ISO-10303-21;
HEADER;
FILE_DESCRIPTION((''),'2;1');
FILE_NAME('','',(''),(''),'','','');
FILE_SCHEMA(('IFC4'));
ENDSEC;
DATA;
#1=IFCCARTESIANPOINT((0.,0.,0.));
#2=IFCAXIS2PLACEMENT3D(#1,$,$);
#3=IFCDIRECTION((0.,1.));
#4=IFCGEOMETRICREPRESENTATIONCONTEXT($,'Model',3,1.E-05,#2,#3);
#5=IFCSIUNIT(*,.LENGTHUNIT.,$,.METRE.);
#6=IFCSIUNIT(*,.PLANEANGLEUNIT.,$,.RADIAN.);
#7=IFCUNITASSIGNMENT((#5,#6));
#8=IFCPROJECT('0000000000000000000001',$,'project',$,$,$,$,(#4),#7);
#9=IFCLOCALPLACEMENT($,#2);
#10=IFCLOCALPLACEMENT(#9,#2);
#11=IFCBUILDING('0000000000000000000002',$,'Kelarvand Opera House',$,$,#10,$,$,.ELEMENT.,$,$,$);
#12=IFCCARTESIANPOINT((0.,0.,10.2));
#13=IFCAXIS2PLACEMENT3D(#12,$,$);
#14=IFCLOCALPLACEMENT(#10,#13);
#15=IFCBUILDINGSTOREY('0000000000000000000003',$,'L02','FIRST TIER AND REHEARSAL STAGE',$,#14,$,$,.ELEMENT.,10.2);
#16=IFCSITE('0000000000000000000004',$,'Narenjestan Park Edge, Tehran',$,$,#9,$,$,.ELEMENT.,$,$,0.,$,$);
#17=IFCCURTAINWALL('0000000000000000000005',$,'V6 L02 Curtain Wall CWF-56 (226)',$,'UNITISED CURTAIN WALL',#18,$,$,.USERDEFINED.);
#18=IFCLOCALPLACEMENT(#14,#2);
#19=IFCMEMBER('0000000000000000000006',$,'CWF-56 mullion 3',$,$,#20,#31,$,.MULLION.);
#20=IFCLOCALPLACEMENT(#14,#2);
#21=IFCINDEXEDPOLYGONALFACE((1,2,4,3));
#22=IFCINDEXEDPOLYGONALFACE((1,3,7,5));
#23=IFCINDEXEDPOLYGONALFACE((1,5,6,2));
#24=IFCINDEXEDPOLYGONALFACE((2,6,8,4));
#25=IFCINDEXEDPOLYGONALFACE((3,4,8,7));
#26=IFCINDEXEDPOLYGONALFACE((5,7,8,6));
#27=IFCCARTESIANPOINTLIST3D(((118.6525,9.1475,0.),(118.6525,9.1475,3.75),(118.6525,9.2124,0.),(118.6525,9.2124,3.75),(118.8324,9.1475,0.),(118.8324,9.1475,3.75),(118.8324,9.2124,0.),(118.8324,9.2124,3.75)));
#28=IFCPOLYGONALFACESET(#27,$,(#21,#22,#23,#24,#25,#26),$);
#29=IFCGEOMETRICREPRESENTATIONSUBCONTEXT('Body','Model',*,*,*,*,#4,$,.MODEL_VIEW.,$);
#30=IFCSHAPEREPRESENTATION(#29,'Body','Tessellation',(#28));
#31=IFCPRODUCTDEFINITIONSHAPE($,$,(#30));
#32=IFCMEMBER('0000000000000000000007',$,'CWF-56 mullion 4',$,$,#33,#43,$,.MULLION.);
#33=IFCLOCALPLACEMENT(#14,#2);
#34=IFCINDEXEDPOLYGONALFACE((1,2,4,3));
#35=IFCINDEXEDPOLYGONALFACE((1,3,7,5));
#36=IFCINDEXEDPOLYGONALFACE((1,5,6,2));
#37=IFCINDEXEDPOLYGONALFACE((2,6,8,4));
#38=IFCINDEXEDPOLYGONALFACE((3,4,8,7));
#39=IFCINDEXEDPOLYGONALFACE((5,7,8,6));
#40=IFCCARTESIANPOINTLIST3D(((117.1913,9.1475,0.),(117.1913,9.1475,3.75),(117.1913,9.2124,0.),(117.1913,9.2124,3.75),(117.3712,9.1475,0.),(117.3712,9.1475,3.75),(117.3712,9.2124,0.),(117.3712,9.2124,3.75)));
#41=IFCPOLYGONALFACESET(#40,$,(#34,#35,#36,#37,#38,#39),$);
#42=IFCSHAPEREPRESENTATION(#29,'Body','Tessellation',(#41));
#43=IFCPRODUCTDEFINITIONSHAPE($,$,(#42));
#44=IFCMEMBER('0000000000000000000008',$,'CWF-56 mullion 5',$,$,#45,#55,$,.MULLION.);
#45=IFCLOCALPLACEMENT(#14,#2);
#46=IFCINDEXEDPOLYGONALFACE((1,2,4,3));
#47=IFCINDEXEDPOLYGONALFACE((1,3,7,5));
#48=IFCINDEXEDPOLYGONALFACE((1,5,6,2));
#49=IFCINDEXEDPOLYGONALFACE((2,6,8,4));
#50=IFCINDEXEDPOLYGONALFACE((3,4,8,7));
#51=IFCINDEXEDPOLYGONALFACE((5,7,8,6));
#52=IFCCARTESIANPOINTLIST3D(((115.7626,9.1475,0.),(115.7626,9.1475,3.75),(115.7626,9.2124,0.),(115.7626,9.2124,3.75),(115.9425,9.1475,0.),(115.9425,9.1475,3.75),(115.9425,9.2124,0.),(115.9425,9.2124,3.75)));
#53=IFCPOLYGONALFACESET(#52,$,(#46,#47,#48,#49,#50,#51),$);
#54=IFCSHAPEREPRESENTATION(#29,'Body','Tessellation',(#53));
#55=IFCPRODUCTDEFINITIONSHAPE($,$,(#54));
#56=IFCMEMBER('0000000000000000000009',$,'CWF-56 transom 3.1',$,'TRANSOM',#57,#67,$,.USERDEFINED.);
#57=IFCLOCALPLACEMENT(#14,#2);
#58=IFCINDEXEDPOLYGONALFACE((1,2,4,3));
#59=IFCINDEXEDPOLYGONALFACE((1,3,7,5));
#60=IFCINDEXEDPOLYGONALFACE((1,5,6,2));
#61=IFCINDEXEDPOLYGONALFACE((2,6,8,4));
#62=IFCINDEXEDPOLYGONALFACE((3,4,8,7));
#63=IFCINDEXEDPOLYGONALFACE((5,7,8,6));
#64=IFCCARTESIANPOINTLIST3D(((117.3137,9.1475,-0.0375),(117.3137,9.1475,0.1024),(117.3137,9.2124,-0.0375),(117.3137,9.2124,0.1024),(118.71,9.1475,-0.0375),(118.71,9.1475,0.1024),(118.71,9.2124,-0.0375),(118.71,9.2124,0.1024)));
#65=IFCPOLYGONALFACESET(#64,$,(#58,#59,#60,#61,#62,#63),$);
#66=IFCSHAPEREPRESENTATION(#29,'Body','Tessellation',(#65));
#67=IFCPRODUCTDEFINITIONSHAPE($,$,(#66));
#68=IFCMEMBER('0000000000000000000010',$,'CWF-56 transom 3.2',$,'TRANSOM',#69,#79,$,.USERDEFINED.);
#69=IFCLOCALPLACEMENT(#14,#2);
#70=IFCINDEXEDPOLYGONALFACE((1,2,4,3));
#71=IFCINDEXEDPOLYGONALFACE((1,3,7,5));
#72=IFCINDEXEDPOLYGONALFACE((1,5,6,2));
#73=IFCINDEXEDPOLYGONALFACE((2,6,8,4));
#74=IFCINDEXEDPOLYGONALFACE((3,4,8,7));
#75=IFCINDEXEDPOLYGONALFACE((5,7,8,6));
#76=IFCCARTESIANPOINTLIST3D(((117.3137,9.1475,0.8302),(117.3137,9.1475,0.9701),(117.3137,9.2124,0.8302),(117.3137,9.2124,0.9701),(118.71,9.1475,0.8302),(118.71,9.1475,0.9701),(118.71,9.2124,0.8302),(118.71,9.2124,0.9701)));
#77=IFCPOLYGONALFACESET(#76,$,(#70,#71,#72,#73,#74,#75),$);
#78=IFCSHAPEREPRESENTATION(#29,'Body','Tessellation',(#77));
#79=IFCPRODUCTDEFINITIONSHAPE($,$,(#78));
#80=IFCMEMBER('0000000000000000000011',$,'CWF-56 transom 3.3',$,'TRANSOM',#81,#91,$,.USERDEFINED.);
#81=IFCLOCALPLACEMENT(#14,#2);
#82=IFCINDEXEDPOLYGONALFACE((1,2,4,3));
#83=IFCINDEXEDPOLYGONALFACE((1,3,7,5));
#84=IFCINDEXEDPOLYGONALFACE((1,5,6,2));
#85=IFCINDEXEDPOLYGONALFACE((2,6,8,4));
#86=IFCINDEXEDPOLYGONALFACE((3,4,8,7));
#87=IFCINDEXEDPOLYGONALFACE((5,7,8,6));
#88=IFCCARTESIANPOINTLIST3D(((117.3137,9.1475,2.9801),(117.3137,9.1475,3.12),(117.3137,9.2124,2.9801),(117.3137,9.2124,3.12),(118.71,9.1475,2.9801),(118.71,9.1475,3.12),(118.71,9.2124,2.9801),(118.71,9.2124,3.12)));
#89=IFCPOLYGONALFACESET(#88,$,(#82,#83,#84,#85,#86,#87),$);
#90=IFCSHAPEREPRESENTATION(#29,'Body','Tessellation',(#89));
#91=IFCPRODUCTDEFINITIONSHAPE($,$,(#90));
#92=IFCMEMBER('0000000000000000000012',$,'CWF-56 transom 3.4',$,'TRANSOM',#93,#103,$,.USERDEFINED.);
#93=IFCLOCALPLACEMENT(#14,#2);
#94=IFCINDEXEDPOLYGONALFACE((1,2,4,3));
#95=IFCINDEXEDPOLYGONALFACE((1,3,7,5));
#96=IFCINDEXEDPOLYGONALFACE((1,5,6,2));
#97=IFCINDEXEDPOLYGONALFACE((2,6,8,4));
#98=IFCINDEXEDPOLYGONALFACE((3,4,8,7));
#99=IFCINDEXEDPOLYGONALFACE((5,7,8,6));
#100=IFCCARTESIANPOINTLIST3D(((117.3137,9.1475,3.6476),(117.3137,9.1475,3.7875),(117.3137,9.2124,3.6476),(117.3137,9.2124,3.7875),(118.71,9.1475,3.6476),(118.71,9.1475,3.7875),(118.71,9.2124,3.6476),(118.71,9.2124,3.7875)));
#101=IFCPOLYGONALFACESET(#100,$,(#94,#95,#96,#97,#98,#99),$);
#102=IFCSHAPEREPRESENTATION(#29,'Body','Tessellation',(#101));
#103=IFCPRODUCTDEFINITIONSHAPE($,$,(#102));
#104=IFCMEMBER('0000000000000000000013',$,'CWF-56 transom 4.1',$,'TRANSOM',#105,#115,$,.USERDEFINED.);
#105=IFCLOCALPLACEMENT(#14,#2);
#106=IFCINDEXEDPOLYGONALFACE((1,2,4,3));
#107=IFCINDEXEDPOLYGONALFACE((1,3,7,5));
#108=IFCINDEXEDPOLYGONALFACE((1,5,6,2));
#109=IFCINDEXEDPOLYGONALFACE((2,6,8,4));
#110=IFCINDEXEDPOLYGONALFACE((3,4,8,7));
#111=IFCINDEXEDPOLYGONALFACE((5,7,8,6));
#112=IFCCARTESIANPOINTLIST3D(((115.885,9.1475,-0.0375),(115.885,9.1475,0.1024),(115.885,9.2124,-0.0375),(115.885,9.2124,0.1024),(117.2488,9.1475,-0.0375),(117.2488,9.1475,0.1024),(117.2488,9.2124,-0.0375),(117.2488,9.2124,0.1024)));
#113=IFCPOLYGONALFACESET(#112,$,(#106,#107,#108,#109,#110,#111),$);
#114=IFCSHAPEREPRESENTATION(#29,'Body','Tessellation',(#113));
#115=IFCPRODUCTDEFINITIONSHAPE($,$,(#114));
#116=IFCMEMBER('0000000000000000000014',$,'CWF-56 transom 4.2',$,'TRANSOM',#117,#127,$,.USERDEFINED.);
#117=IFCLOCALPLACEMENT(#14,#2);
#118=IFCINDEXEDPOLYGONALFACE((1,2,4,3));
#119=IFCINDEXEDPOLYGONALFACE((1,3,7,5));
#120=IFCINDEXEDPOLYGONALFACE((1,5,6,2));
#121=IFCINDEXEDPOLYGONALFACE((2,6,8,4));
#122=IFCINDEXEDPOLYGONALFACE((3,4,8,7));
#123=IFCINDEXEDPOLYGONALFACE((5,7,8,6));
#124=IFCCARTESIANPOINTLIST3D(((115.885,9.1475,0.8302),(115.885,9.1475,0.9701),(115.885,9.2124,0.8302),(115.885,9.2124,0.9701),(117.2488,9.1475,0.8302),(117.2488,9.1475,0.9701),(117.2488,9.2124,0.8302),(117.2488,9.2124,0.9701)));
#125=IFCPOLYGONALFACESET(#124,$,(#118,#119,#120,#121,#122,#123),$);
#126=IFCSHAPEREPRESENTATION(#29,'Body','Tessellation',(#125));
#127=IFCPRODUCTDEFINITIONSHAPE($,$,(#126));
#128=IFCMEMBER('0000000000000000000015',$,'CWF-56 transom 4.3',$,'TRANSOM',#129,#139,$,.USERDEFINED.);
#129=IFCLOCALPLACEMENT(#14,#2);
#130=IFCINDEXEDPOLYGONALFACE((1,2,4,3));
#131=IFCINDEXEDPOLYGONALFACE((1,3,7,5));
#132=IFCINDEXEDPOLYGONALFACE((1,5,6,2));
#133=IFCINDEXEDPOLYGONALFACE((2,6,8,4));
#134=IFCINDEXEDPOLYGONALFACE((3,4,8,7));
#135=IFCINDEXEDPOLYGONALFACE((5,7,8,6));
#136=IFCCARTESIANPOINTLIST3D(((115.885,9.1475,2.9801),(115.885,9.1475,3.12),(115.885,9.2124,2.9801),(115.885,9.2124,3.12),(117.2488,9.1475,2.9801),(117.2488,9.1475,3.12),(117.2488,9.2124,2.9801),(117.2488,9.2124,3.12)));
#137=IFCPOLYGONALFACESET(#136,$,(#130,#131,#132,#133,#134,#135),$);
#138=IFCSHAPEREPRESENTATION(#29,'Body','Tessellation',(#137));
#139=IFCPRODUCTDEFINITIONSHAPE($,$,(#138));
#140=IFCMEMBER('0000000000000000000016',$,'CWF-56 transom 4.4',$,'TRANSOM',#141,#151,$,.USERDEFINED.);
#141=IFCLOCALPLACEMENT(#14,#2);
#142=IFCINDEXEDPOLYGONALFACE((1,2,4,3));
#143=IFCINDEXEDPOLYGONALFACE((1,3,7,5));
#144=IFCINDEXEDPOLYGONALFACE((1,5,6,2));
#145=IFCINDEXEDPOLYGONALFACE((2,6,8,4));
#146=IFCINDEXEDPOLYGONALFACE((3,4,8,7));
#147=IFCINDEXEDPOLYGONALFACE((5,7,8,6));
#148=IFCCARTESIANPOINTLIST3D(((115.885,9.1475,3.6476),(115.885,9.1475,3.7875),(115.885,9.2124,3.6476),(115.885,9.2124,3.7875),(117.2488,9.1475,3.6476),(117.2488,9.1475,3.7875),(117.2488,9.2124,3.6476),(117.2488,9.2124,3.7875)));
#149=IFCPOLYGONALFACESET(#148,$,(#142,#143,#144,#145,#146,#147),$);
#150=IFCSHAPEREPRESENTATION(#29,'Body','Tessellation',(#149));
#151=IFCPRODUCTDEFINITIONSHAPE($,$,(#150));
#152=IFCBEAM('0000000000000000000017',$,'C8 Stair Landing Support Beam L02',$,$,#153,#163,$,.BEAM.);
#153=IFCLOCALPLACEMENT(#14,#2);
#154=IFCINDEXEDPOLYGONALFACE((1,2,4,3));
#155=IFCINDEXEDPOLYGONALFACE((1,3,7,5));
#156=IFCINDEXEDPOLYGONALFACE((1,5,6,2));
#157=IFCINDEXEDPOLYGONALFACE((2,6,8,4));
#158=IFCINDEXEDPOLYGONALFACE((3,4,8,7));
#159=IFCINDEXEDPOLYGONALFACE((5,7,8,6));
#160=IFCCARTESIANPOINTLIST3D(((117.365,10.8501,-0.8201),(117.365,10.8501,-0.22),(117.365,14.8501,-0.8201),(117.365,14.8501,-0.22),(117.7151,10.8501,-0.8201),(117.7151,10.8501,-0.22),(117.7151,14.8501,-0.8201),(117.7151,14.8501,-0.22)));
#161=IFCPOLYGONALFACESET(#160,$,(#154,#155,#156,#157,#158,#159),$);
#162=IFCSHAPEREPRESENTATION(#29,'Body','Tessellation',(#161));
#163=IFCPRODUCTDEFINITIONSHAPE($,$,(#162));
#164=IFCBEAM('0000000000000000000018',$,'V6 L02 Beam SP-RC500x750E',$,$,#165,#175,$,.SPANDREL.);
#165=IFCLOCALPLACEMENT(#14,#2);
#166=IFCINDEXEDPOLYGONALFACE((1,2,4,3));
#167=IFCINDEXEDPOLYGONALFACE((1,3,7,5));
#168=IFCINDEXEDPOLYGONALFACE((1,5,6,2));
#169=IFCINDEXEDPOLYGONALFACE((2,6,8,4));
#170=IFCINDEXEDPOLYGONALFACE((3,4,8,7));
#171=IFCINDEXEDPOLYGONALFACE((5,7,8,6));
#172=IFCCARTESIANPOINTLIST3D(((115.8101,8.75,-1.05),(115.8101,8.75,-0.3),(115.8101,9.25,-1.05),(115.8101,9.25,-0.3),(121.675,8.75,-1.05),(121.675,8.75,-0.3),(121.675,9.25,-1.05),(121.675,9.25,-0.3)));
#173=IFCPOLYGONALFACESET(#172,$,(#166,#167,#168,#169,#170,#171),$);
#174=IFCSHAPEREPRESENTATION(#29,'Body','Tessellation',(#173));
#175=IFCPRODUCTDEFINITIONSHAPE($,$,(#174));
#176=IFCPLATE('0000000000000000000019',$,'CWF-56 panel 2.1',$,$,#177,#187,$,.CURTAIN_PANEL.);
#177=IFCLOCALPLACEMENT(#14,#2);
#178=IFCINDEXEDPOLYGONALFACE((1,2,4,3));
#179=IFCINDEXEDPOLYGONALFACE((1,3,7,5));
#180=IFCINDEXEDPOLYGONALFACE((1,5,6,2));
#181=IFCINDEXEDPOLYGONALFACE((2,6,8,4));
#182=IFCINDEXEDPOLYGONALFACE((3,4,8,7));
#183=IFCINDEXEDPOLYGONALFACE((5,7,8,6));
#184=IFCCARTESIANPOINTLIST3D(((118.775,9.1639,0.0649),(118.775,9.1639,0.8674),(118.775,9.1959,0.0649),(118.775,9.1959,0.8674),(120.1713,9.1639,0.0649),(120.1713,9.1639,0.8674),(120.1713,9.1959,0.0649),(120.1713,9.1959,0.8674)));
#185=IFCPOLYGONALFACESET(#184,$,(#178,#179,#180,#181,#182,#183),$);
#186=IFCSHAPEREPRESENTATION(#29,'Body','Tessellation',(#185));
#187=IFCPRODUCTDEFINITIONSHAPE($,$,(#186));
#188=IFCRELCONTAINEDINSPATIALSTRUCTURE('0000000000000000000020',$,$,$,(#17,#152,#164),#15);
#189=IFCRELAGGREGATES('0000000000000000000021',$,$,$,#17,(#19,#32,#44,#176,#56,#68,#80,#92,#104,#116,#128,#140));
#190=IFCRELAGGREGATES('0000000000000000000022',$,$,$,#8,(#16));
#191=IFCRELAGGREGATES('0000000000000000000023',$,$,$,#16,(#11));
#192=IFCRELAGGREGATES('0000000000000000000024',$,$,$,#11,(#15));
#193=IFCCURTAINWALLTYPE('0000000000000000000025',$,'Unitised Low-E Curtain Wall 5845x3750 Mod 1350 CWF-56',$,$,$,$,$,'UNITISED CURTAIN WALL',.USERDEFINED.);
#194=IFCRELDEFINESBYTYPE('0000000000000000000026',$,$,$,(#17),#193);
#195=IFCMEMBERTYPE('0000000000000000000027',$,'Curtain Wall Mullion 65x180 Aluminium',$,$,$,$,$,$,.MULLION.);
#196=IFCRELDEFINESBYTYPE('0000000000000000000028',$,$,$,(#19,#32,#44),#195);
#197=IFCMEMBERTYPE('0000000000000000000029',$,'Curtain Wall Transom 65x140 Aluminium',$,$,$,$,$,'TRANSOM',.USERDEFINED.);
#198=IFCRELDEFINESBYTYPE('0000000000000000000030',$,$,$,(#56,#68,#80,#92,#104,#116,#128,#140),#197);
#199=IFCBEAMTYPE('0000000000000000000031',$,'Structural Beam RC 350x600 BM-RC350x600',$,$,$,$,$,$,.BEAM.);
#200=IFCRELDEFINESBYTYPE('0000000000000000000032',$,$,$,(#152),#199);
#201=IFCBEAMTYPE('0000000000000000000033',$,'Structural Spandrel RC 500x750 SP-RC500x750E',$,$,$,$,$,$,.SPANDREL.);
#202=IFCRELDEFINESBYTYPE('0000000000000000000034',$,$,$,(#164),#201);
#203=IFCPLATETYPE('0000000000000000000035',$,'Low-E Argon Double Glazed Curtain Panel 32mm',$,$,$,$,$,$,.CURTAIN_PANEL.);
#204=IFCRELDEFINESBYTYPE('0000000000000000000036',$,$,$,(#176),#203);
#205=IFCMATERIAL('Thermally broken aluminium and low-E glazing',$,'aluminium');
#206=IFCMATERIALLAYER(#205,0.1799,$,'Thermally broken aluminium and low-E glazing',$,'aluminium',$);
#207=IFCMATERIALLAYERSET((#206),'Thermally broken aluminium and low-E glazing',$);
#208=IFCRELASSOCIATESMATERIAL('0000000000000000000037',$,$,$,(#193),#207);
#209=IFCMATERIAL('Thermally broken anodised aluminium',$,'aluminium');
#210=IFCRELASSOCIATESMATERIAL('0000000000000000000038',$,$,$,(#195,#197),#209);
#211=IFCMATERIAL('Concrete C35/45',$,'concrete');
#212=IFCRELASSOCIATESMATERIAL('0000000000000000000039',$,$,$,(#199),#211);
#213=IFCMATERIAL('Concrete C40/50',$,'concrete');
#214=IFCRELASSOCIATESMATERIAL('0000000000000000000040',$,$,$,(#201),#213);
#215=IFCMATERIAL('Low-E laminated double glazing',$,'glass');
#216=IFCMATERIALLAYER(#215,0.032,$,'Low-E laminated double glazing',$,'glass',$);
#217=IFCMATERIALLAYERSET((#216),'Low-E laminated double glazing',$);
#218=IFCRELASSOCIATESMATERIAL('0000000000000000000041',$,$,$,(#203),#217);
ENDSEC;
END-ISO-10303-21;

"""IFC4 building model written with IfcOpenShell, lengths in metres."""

from ifc_helpers import new_model, si_unit, direction, frame, origin, origin_2d, place, context, subcontext, project, spatial, rectangle, extrude, material, layer, layer_set, material_profile, profile_set, type_object, element, aggregate, save


model = new_model("IFC4")

# Units and contexts
model_context = context("Model", 3, precision=1e-05, world=origin(), true_north=direction((0.0, 1.0)))
body_context = subcontext(model_context, "Body", "Model", "MODEL_VIEW")
ifc_project = project(units=[si_unit("LENGTHUNIT", "METRE"), si_unit("PLANEANGLEUNIT", "RADIAN")], contexts=[model_context])

# Site, building, storey
site_placement = place(None, origin())
site = spatial("IfcSite", under=ifc_project, at=site_placement, Name="Narenjestan Park Edge, Tehran", CompositionType="ELEMENT", RefElevation=0.0)
building_placement = place(site_placement, origin())
building = spatial("IfcBuilding", under=site, at=building_placement, Name="Kelarvand Opera House", CompositionType="ELEMENT")
storey_placement = place(building_placement, frame((0.0, 0.0, 10.2)))
storey = spatial("IfcBuildingStorey", under=building, at=storey_placement, Name="L02", Description="FIRST TIER AND REHEARSAL STAGE", CompositionType="ELEMENT", Elevation=10.2)

# Curtain wall, members
ifc_material_1 = material(Name="Thermally broken aluminium and low-E glazing", Category="aluminium")
ifc_layer_1 = layer(ifc_material_1, 0.1799, Name="Thermally broken aluminium and low-E glazing", Category="aluminium")
ifc_layer_set_1 = layer_set([ifc_layer_1], Name="Thermally broken aluminium and low-E glazing")
curtain_wall_type = type_object("IfcCurtainWallType", Name="Unitised Low-E Curtain Wall 5845x3750 Mod 1350 CWF-56", ElementType="UNITISED CURTAIN WALL", PredefinedType="USERDEFINED", material=ifc_layer_set_1)
curtain_wall_placement = place(storey_placement, origin())
curtain_wall = element("IfcCurtainWall", 1, at=curtain_wall_placement, inside=storey, type_object=curtain_wall_type, Name="V6 L02 Curtain Wall CWF-56 (226)", ObjectType="UNITISED CURTAIN WALL", PredefinedType="USERDEFINED")
ifc_material_2 = material(Name="Thermally broken anodised aluminium", Category="aluminium")
ifc_material_profile_1 = material_profile(ifc_material_2, rectangle(XDim=0.0649, YDim=0.1799, at=origin_2d()), Name="ALU MULLION 65x180", Category="aluminium")
ifc_profile_set_1 = profile_set([ifc_material_profile_1], Name="Thermally broken anodised aluminium")
member_type_1 = type_object("IfcMemberType", Name="Curtain Wall Mullion 65x180 Aluminium", PredefinedType="MULLION", material=ifc_profile_set_1)
member_1_placement = place(storey_placement, frame((118.7424, 9.1799, 0.0), z_axis=(0.0, 0.0, 1.0), x_axis=(0.0, -1.0, 0.0)))
member_1 = element("IfcMember", 2, at=member_1_placement, type_object=member_type_1, Name="CWF-56 mullion 3", PredefinedType="MULLION", context=body_context, shape_type="SweptSolid", body=[
    extrude(rectangle(XDim=0.0649, YDim=0.1799, at=origin_2d()), origin(), (0.0, 0.0, 1.0), 3.75),
])
member_2_placement = place(storey_placement, frame((117.2812, 9.1799, 0.0), z_axis=(0.0, 0.0, 1.0), x_axis=(0.0, -1.0, 0.0)))
member_2 = element("IfcMember", 3, at=member_2_placement, type_object=member_type_1, Name="CWF-56 mullion 4", PredefinedType="MULLION", context=body_context, shape_type="SweptSolid", body=[
    extrude(rectangle(XDim=0.0649, YDim=0.1799, at=origin_2d()), origin(), (0.0, 0.0, 1.0), 3.75),
])
member_3_placement = place(storey_placement, frame((115.8525, 9.1799, 0.0), z_axis=(0.0, 0.0, 1.0), x_axis=(0.0, -1.0, 0.0)))
member_3 = element("IfcMember", 4, at=member_3_placement, type_object=member_type_1, Name="CWF-56 mullion 5", PredefinedType="MULLION", context=body_context, shape_type="SweptSolid", body=[
    extrude(rectangle(XDim=0.0649, YDim=0.1799, at=origin_2d()), origin(), (0.0, 0.0, 1.0), 3.75),
])
ifc_material_profile_2 = material_profile(ifc_material_2, rectangle(XDim=0.0649, YDim=0.1399, at=origin_2d()), Name="ALU TRANSOM 65x140", Category="aluminium")
ifc_profile_set_2 = profile_set([ifc_material_profile_2], Name="Thermally broken anodised aluminium")
member_type_2 = type_object("IfcMemberType", Name="Curtain Wall Transom 65x140 Aluminium", ElementType="TRANSOM", PredefinedType="USERDEFINED", material=ifc_profile_set_2)
member_4_placement = place(storey_placement, frame((118.71, 9.1799, 0.0325), z_axis=(-1.0, 0.0, 0.0), x_axis=(0.0, -1.0, 0.0)))
member_4 = element("IfcMember", 5, at=member_4_placement, type_object=member_type_2, Name="CWF-56 transom 3.1", ObjectType="TRANSOM", PredefinedType="USERDEFINED", context=body_context, shape_type="SweptSolid", body=[
    extrude(rectangle(XDim=0.0649, YDim=0.1399, at=origin_2d()), origin(), (0.0, 0.0, 1.0), 1.3962),
])
member_5_placement = place(storey_placement, frame((118.71, 9.1799, 0.9001), z_axis=(-1.0, 0.0, 0.0), x_axis=(0.0, -1.0, 0.0)))
member_5 = element("IfcMember", 6, at=member_5_placement, type_object=member_type_2, Name="CWF-56 transom 3.2", ObjectType="TRANSOM", PredefinedType="USERDEFINED", context=body_context, shape_type="SweptSolid", body=[
    extrude(rectangle(XDim=0.0649, YDim=0.1399, at=origin_2d()), origin(), (0.0, 0.0, 1.0), 1.3962),
])
member_6_placement = place(storey_placement, frame((118.71, 9.1799, 3.05), z_axis=(-1.0, 0.0, 0.0), x_axis=(0.0, -1.0, 0.0)))
member_6 = element("IfcMember", 7, at=member_6_placement, type_object=member_type_2, Name="CWF-56 transom 3.3", ObjectType="TRANSOM", PredefinedType="USERDEFINED", context=body_context, shape_type="SweptSolid", body=[
    extrude(rectangle(XDim=0.0649, YDim=0.1399, at=origin_2d()), origin(), (0.0, 0.0, 1.0), 1.3962),
])
member_7_placement = place(storey_placement, frame((118.71, 9.1799, 3.7175), z_axis=(-1.0, 0.0, 0.0), x_axis=(0.0, -1.0, 0.0)))
member_7 = element("IfcMember", 8, at=member_7_placement, type_object=member_type_2, Name="CWF-56 transom 3.4", ObjectType="TRANSOM", PredefinedType="USERDEFINED", context=body_context, shape_type="SweptSolid", body=[
    extrude(rectangle(XDim=0.0649, YDim=0.1399, at=origin_2d()), origin(), (0.0, 0.0, 1.0), 1.3962),
])
member_8_placement = place(storey_placement, frame((117.2488, 9.1799, 0.0325), z_axis=(-1.0, 0.0, 0.0), x_axis=(0.0, -1.0, 0.0)))
member_8 = element("IfcMember", 9, at=member_8_placement, type_object=member_type_2, Name="CWF-56 transom 4.1", ObjectType="TRANSOM", PredefinedType="USERDEFINED", context=body_context, shape_type="SweptSolid", body=[
    extrude(rectangle(XDim=0.0649, YDim=0.1399, at=origin_2d()), origin(), (0.0, 0.0, 1.0), 1.3638),
])
member_9_placement = place(storey_placement, frame((117.2488, 9.1799, 0.9001), z_axis=(-1.0, 0.0, 0.0), x_axis=(0.0, -1.0, 0.0)))
member_9 = element("IfcMember", 10, at=member_9_placement, type_object=member_type_2, Name="CWF-56 transom 4.2", ObjectType="TRANSOM", PredefinedType="USERDEFINED", context=body_context, shape_type="SweptSolid", body=[
    extrude(rectangle(XDim=0.0649, YDim=0.1399, at=origin_2d()), origin(), (0.0, 0.0, 1.0), 1.3638),
])
member_10_placement = place(storey_placement, frame((117.2488, 9.1799, 3.05), z_axis=(-1.0, 0.0, 0.0), x_axis=(0.0, -1.0, 0.0)))
member_10 = element("IfcMember", 11, at=member_10_placement, type_object=member_type_2, Name="CWF-56 transom 4.3", ObjectType="TRANSOM", PredefinedType="USERDEFINED", context=body_context, shape_type="SweptSolid", body=[
    extrude(rectangle(XDim=0.0649, YDim=0.1399, at=origin_2d()), origin(), (0.0, 0.0, 1.0), 1.3638),
])
member_11_placement = place(storey_placement, frame((117.2488, 9.1799, 3.7175), z_axis=(-1.0, 0.0, 0.0), x_axis=(0.0, -1.0, 0.0)))
member_11 = element("IfcMember", 12, at=member_11_placement, type_object=member_type_2, Name="CWF-56 transom 4.4", ObjectType="TRANSOM", PredefinedType="USERDEFINED", context=body_context, shape_type="SweptSolid", body=[
    extrude(rectangle(XDim=0.0649, YDim=0.1399, at=origin_2d()), origin(), (0.0, 0.0, 1.0), 1.3638),
])

# Beams
ifc_material_3 = material(Name="Concrete C35/45", Category="concrete")
ifc_material_profile_3 = material_profile(ifc_material_3, rectangle(XDim=0.3501, YDim=0.6001, at=origin_2d()), Name="RC 350x600", Category="concrete")
ifc_profile_set_3 = profile_set([ifc_material_profile_3], Name="Concrete C35/45")
beam_type_1 = type_object("IfcBeamType", Name="Structural Beam RC 350x600 BM-RC350x600", PredefinedType="BEAM", material=ifc_profile_set_3)
beam_1_placement = place(storey_placement, frame((117.54, 10.8501, -0.52), z_axis=(0.0, 1.0, 0.0), x_axis=(-1.0, 0.0, 0.0)))
element("IfcBeam", 13, at=beam_1_placement, inside=storey, type_object=beam_type_1, Name="C8 Stair Landing Support Beam L02", PredefinedType="BEAM", context=body_context, shape_type="SweptSolid", body=[
    extrude(rectangle(XDim=0.3501, YDim=0.6001, at=origin_2d()), origin(), (0.0, 0.0, 1.0), 4.0),
])
ifc_material_4 = material(Name="Concrete C40/50", Category="concrete")
ifc_material_profile_4 = material_profile(ifc_material_4, rectangle(XDim=0.5, YDim=0.75, at=origin_2d()), Name="RC 500x750", Category="concrete")
ifc_profile_set_4 = profile_set([ifc_material_profile_4], Name="Concrete C40/50")
beam_type_2 = type_object("IfcBeamType", Name="Structural Spandrel RC 500x750 SP-RC500x750E", PredefinedType="SPANDREL", material=ifc_profile_set_4)
beam_2_placement = place(storey_placement, frame((115.8101, 9.0, -0.675), z_axis=(1.0, 0.0, 0.0), x_axis=(0.0, 1.0, 0.0)))
element("IfcBeam", 14, at=beam_2_placement, inside=storey, type_object=beam_type_2, Name="V6 L02 Beam SP-RC500x750E", PredefinedType="SPANDREL", context=body_context, shape_type="SweptSolid", body=[
    extrude(rectangle(XDim=0.5, YDim=0.75, at=origin_2d()), origin(), (0.0, 0.0, 1.0), 5.865),
])

# Plate
ifc_material_5 = material(Name="Low-E laminated double glazing", Category="glass")
ifc_layer_2 = layer(ifc_material_5, 0.032, Name="Low-E laminated double glazing", Category="glass")
ifc_layer_set_2 = layer_set([ifc_layer_2], Name="Low-E laminated double glazing")
plate_type = type_object("IfcPlateType", Name="Low-E Argon Double Glazed Curtain Panel 32mm", PredefinedType="CURTAIN_PANEL", material=ifc_layer_set_2)
plate_1_placement = place(storey_placement, frame((119.4731, 9.1799, 0.0649), z_axis=(0.0, 0.0, 1.0), x_axis=(-1.0, 0.0, 0.0)))
plate_1 = element("IfcPlate", 15, at=plate_1_placement, type_object=plate_type, Name="CWF-56 panel 2.1", PredefinedType="CURTAIN_PANEL", context=body_context, shape_type="SweptSolid", body=[
    extrude(rectangle(XDim=1.3962, YDim=0.032, at=origin_2d()), origin(), (0.0, 0.0, 1.0), 0.8025),
])
aggregate(curtain_wall, [member_1, member_2, member_3, plate_1, member_4, member_5, member_6, member_7, member_8, member_9, member_10, member_11])

save(model, "model.ifc")
